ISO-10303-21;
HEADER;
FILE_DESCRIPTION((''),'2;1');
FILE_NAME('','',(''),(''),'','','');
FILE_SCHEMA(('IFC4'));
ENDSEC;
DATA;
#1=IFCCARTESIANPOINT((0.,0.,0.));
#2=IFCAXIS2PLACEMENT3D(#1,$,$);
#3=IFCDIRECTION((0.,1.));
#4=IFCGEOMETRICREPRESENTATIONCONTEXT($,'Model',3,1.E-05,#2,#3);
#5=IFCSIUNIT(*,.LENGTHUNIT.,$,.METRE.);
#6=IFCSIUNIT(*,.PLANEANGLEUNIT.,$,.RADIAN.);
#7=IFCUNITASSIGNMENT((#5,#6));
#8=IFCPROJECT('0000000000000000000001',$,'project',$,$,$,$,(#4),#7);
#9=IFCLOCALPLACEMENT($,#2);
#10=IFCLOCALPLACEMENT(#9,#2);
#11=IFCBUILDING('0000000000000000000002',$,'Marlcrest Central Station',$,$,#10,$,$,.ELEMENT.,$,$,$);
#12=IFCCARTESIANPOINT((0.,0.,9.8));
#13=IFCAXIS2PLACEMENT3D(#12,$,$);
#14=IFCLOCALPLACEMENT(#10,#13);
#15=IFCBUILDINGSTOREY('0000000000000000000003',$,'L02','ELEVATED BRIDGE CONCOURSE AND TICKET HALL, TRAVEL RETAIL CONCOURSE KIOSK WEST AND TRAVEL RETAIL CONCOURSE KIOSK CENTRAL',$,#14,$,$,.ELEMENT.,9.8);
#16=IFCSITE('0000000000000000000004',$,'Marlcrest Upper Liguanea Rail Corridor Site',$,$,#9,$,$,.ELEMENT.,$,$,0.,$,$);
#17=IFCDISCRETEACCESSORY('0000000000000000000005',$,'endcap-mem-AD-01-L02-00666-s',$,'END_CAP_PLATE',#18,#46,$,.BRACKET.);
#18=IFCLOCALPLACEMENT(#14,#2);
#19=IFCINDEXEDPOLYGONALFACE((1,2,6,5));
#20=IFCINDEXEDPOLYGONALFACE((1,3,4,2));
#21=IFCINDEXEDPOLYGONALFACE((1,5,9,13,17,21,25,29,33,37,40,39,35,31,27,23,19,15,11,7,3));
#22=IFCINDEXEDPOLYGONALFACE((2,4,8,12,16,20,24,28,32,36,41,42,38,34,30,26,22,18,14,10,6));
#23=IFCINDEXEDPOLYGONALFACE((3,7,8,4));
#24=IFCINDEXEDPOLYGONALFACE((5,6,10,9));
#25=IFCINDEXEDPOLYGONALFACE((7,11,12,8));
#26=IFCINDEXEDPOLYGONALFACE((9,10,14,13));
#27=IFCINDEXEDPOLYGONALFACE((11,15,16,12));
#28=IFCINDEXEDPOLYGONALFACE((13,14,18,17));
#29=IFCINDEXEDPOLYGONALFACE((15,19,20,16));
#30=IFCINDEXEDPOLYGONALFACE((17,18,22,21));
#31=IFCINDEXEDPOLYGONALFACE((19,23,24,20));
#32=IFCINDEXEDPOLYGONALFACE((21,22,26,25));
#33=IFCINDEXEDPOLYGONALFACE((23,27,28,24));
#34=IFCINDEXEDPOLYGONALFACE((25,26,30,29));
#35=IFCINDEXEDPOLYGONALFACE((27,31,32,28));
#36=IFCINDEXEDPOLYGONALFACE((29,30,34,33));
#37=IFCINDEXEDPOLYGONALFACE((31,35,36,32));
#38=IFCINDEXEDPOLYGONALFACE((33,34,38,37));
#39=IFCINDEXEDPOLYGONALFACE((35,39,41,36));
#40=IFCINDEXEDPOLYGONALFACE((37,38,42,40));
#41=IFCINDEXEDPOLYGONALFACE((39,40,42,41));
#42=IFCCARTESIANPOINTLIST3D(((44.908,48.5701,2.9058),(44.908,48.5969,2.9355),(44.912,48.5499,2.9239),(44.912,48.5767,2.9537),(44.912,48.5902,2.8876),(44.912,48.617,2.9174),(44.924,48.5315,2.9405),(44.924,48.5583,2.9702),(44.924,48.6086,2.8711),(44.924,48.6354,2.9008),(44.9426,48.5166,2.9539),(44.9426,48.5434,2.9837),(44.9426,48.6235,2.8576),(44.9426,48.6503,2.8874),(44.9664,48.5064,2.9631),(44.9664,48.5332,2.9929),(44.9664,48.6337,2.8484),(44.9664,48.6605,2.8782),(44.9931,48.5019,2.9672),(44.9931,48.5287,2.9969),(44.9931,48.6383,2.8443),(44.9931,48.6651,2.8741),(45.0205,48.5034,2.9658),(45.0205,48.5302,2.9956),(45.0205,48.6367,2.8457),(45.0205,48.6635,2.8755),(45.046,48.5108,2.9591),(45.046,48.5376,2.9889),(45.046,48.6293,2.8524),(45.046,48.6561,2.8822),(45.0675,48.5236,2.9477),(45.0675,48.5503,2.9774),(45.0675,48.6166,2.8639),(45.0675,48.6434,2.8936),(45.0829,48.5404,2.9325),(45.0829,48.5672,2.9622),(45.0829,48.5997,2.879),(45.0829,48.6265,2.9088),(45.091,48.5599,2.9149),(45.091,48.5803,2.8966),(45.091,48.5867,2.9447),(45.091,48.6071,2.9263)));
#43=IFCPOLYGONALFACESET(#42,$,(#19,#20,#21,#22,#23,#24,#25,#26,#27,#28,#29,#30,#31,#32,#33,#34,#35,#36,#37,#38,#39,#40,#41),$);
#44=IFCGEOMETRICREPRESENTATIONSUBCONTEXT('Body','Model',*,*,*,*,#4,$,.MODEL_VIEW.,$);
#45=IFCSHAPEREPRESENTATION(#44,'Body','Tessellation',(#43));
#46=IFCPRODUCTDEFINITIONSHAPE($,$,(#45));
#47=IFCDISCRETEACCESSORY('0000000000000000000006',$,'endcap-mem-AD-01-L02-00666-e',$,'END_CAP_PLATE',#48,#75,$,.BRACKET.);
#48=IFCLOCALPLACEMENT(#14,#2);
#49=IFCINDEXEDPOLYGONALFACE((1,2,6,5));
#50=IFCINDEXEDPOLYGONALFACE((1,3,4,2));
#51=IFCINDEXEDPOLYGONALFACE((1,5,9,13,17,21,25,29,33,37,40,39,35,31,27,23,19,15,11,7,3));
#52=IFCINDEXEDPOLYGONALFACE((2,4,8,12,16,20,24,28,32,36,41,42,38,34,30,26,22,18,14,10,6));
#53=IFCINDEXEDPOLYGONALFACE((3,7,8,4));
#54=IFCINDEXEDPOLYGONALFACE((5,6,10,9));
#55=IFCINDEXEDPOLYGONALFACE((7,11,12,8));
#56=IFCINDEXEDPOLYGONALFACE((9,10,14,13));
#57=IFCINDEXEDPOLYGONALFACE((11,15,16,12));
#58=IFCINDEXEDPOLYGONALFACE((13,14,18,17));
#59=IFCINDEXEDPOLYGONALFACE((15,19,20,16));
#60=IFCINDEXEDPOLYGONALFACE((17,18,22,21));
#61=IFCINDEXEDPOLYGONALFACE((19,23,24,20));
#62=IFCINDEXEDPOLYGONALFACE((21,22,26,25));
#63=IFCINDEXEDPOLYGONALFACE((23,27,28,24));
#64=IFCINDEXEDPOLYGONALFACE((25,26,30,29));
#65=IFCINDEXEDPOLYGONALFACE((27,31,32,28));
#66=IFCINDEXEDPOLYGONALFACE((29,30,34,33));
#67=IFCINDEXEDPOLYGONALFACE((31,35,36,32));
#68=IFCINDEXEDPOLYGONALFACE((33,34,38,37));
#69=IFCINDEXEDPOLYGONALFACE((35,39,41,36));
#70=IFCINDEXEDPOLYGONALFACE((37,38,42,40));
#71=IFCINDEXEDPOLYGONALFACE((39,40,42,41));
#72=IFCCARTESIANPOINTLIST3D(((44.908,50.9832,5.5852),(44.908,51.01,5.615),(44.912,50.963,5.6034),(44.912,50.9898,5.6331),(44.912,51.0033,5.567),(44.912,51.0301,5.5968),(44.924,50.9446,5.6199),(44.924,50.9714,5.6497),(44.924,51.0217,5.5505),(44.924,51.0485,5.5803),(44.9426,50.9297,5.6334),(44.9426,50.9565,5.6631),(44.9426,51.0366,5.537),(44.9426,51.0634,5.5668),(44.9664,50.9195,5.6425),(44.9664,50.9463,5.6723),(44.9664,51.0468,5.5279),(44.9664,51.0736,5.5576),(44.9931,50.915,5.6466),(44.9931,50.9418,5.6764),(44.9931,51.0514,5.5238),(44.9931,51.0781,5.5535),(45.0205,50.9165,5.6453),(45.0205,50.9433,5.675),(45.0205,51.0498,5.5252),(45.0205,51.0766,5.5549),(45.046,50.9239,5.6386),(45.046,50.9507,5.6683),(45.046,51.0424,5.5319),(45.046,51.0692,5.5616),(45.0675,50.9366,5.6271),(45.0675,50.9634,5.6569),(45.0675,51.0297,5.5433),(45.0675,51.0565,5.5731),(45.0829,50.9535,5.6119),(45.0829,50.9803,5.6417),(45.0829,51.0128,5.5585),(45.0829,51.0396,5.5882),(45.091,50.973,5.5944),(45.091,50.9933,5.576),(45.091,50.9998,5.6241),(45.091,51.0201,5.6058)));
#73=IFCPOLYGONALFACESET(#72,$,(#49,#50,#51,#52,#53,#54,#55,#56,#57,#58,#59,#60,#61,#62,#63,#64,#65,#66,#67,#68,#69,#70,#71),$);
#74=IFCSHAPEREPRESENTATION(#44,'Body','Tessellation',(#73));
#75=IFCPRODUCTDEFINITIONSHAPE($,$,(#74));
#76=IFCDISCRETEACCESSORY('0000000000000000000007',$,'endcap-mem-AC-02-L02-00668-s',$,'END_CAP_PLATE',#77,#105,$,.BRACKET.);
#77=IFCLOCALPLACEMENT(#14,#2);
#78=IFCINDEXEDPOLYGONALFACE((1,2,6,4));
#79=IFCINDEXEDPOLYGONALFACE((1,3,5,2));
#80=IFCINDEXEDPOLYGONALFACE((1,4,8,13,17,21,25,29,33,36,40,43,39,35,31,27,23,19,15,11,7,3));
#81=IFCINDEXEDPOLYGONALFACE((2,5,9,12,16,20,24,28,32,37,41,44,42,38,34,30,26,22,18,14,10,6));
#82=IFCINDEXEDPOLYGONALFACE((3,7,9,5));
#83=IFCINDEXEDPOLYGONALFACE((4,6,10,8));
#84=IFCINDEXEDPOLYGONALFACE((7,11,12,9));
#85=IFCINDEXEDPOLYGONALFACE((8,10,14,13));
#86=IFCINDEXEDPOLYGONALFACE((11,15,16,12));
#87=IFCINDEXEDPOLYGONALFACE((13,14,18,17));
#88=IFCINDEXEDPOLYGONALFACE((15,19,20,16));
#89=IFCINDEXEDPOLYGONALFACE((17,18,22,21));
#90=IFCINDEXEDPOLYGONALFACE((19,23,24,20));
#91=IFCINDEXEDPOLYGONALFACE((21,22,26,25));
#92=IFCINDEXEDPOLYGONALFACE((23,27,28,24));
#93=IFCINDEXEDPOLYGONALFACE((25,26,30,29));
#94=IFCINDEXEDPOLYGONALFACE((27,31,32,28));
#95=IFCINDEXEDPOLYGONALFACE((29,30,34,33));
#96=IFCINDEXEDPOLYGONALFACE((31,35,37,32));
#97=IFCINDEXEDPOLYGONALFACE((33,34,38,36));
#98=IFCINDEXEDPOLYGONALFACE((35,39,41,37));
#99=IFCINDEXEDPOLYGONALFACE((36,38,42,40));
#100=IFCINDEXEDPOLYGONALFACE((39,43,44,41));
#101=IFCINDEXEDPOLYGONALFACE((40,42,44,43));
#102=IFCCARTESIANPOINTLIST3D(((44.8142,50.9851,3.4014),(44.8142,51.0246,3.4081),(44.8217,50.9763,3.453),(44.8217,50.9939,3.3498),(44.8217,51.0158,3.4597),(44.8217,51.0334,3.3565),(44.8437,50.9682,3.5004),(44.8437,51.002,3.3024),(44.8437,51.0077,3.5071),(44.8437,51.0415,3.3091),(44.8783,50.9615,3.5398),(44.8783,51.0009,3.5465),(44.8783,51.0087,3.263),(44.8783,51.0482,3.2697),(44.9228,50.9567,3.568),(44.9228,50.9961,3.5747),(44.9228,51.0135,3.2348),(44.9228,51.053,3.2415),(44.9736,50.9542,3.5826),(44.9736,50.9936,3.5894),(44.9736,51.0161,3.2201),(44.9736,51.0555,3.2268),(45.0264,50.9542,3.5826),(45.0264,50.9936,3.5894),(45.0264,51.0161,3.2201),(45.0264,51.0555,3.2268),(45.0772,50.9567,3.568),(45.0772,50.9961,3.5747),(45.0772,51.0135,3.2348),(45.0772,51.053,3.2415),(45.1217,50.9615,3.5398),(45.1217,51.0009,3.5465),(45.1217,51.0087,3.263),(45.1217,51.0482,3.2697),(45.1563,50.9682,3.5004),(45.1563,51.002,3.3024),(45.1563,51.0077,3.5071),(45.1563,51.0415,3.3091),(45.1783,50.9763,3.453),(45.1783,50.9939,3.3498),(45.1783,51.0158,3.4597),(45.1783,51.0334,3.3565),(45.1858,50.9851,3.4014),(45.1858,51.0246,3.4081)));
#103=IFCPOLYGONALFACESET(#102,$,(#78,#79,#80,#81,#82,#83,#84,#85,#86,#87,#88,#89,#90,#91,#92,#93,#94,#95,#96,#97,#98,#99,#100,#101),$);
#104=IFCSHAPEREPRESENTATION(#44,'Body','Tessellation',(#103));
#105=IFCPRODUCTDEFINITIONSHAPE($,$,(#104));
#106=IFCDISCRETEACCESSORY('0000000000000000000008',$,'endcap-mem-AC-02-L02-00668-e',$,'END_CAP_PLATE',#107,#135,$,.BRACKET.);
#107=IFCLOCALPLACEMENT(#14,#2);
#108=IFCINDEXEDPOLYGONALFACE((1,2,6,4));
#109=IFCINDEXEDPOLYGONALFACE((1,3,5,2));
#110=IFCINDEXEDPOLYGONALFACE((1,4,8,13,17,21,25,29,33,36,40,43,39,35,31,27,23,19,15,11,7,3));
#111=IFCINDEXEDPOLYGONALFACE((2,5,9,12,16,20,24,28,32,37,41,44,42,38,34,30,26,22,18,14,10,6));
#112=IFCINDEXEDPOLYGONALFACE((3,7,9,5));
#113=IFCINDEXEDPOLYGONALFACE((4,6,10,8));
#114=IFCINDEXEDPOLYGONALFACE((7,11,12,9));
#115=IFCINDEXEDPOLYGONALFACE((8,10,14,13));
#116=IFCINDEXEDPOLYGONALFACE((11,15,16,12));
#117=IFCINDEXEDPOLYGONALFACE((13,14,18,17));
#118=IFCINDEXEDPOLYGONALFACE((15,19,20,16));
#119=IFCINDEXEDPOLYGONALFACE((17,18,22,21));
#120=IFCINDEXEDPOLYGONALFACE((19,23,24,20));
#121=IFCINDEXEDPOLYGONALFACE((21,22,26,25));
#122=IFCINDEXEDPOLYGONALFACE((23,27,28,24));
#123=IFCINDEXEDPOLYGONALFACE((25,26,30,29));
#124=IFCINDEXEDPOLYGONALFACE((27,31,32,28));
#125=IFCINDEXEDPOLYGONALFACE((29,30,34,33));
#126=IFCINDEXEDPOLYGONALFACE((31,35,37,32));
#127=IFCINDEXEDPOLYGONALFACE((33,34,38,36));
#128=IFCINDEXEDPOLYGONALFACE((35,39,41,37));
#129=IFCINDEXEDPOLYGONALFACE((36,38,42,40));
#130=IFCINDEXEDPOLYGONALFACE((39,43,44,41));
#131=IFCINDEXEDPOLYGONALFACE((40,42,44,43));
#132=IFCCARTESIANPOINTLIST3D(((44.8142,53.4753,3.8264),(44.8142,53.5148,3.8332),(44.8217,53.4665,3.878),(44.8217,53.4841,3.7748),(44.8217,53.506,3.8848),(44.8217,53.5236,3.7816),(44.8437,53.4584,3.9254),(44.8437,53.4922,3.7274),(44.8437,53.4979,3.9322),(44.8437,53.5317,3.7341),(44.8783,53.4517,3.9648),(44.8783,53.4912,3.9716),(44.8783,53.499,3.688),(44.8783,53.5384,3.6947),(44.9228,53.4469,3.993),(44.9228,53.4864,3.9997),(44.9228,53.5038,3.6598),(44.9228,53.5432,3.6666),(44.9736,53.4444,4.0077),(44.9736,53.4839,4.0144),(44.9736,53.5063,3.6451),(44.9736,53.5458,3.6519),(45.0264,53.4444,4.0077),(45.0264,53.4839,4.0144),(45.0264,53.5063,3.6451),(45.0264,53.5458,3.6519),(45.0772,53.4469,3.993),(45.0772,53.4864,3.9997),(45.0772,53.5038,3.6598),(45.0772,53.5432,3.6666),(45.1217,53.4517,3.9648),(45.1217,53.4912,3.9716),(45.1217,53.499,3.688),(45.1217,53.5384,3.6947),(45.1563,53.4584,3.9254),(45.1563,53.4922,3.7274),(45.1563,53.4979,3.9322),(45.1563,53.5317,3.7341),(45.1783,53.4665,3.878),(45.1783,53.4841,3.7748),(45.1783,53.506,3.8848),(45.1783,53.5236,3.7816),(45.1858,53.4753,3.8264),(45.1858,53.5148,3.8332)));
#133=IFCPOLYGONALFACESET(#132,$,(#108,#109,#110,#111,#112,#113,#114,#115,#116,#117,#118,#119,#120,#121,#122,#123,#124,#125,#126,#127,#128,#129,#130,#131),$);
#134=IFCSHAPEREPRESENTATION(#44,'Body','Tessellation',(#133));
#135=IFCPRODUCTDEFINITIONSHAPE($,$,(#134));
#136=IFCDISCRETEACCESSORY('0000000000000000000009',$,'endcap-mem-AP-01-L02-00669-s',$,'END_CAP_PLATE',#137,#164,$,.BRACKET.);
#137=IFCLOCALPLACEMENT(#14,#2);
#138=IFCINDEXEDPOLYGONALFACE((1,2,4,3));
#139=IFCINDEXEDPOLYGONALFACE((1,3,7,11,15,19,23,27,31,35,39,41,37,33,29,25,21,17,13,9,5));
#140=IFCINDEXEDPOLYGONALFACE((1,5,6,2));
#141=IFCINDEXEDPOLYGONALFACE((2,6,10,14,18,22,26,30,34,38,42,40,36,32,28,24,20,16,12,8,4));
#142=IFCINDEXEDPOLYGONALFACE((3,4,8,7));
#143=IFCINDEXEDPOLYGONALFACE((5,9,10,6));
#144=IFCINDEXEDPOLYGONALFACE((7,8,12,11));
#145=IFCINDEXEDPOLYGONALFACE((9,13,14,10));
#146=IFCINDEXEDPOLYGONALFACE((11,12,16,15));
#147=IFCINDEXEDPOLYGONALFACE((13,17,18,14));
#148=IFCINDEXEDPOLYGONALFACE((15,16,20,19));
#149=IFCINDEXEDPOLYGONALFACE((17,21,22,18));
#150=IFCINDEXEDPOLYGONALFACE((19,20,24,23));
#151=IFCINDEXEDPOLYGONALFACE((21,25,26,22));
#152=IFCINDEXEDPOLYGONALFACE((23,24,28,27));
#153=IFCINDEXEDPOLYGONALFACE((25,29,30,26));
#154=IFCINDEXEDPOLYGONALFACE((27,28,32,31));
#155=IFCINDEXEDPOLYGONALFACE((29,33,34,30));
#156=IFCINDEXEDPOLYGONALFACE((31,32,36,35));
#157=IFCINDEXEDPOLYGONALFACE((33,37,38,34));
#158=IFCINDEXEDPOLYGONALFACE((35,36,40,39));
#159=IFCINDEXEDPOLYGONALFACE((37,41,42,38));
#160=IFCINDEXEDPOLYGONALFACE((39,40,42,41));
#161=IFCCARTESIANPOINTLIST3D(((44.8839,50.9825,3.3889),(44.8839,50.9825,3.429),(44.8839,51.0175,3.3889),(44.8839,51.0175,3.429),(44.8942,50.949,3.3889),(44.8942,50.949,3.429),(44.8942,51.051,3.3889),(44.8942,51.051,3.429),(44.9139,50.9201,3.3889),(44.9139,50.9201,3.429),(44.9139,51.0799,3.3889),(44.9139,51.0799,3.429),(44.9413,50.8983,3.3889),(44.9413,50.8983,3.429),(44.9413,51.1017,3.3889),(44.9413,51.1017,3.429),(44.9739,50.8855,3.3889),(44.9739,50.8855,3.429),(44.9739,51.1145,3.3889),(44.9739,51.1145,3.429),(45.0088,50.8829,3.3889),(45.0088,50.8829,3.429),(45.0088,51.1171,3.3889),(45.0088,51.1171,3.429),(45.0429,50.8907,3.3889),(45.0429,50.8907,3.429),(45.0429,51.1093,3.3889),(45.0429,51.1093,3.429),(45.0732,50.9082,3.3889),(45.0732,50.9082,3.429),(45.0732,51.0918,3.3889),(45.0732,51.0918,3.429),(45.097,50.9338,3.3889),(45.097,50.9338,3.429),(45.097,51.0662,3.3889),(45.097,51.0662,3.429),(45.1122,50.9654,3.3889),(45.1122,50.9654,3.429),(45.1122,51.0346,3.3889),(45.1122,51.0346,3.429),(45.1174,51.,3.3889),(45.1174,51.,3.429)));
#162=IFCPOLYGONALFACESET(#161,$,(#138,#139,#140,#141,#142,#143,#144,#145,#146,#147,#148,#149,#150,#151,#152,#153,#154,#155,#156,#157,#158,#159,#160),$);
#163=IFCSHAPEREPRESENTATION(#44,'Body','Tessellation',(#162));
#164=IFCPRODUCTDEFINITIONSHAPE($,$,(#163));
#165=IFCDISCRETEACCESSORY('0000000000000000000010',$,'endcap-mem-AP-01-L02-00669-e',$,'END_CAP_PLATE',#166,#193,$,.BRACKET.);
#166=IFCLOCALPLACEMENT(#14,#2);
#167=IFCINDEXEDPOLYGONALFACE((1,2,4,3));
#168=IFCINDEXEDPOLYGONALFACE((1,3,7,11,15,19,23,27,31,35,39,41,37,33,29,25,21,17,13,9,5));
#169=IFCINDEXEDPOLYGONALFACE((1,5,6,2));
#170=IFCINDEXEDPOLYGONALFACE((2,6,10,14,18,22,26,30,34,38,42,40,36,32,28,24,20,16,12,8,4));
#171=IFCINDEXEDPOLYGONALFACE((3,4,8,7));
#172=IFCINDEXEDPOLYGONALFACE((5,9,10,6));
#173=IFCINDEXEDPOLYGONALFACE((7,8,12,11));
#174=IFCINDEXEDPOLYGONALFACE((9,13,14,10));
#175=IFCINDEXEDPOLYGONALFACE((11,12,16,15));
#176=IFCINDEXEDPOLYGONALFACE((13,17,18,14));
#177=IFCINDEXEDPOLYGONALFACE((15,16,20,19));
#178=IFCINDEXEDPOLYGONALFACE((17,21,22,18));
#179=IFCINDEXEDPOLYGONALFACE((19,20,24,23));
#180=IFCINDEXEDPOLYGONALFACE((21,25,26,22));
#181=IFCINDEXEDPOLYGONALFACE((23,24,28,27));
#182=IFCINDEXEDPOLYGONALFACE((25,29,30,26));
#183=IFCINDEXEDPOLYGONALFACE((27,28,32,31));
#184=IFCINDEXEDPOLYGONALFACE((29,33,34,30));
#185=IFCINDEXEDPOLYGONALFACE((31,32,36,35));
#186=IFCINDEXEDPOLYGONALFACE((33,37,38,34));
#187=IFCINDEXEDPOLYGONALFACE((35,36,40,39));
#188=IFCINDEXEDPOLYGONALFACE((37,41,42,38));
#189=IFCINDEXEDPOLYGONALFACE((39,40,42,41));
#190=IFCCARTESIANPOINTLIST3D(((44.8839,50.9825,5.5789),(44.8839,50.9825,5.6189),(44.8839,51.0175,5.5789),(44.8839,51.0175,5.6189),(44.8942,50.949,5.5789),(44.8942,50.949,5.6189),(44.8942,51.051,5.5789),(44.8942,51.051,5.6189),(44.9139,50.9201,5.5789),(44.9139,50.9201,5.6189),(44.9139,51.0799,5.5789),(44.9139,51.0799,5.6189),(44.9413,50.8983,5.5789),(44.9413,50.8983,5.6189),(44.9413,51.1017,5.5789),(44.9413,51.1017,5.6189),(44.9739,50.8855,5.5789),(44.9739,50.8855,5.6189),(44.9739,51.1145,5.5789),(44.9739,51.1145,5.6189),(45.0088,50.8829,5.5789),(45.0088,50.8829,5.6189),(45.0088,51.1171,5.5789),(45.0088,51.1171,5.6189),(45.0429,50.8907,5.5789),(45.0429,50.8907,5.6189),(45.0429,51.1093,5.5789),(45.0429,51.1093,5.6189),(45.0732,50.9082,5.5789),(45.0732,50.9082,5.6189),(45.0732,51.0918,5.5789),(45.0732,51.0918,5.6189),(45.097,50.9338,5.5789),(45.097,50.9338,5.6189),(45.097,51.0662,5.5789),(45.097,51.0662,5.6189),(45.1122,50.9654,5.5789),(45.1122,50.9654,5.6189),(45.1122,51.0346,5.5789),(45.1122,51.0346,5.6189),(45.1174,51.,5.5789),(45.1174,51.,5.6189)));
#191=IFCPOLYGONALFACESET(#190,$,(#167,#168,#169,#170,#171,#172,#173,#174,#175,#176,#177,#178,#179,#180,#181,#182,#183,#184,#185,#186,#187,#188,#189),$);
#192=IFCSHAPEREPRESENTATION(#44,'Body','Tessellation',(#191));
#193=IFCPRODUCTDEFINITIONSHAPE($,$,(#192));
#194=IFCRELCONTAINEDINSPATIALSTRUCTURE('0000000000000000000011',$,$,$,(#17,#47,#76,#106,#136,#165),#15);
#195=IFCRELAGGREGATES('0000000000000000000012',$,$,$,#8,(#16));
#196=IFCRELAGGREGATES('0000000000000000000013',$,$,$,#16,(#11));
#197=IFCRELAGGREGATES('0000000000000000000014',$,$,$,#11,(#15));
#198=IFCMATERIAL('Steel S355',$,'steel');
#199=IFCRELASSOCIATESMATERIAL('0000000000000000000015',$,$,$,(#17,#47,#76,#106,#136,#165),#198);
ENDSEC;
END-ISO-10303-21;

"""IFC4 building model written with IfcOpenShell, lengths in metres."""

from ifc_helpers import new_model, si_unit, direction, frame, origin, origin_2d, place, context, subcontext, project, spatial, circle, extrude, material, element, save


model = new_model("IFC4")

# Units and contexts
model_context = context("Model", 3, precision=1e-05, world=origin(), true_north=direction((0.0, 1.0)))
body_context = subcontext(model_context, "Body", "Model", "MODEL_VIEW")
ifc_project = project(units=[si_unit("LENGTHUNIT", "METRE"), si_unit("PLANEANGLEUNIT", "RADIAN")], contexts=[model_context])

# Site, building, storey
site_placement = place(None, origin())
site = spatial("IfcSite", under=ifc_project, at=site_placement, Name="Marlcrest Upper Liguanea Rail Corridor Site", CompositionType="ELEMENT", RefElevation=0.0)
building_placement = place(site_placement, origin())
building = spatial("IfcBuilding", under=site, at=building_placement, Name="Marlcrest Central Station", CompositionType="ELEMENT")
storey_placement = place(building_placement, frame((0.0, 0.0, 9.8)))
storey = spatial("IfcBuildingStorey", under=building, at=storey_placement, Name="L02", Description="ELEVATED BRIDGE CONCOURSE AND TICKET HALL, TRAVEL RETAIL CONCOURSE KIOSK WEST AND TRAVEL RETAIL CONCOURSE KIOSK CENTRAL", CompositionType="ELEMENT", Elevation=9.8)

# Shared definitions
ifc_material = material(Name="Steel S355", Category="steel")

# Discrete accessories
for number, where, z_axis, x_axis, name in (
    (1, (45.0, 48.5701, 2.9058), (0.0, 0.669244, 0.743042), (-1.0, 0.0, 0.0), "endcap-mem-AD-01-L02-00666-s"),
    (2, (45.0, 50.9832, 5.5852), (0.0, 0.669244, 0.743042), (-1.0, 0.0, 0.0), "endcap-mem-AD-01-L02-00666-e"),
):
    element("IfcDiscreteAccessory", number, at=place(storey_placement, frame(where, z_axis=z_axis, x_axis=x_axis)), inside=storey, material=ifc_material, Name=name, ObjectType="END_CAP_PLATE", PredefinedType="BRACKET", context=body_context, shape_type="SweptSolid", body=[
        extrude(circle(Radius=0.092, at=origin_2d()), origin(), (0.0, 0.0, 1.0), 0.04),
    ])
for number, where, z_axis, x_axis, name in (
    (3, (45.0, 50.9851, 3.4014), (0.0, 0.985741, 0.168269), (-1.0, 0.0, 0.0), "endcap-mem-AC-02-L02-00668-s"),
    (4, (45.0, 53.4753, 3.8264), (0.0, 0.985741, 0.168269), (-1.0, 0.0, 0.0), "endcap-mem-AC-02-L02-00668-e"),
):
    element("IfcDiscreteAccessory", number, at=place(storey_placement, frame(where, z_axis=z_axis, x_axis=x_axis)), inside=storey, material=ifc_material, Name=name, ObjectType="END_CAP_PLATE", PredefinedType="BRACKET", context=body_context, shape_type="SweptSolid", body=[
        extrude(circle(Radius=0.1858, at=origin_2d()), origin(), (0.0, 0.0, 1.0), 0.04),
    ])
for number, where, z_axis, x_axis, name in (
    (5, (45.0, 51.0, 3.3889), (0.0, 0.0, 1.0), (1.0, 0.0, 0.0), "endcap-mem-AP-01-L02-00669-s"),
    (6, (45.0, 51.0, 5.5789), (0.0, 0.0, 1.0), (1.0, 0.0, 0.0), "endcap-mem-AP-01-L02-00669-e"),
):
    element("IfcDiscreteAccessory", number, at=place(storey_placement, frame(where, z_axis=z_axis, x_axis=x_axis)), inside=storey, material=ifc_material, Name=name, ObjectType="END_CAP_PLATE", PredefinedType="BRACKET", context=body_context, shape_type="SweptSolid", body=[
        extrude(circle(Radius=0.1174, at=origin_2d()), origin(), (0.0, 0.0, 1.0), 0.04),
    ])

save(model, "model.ifc")
